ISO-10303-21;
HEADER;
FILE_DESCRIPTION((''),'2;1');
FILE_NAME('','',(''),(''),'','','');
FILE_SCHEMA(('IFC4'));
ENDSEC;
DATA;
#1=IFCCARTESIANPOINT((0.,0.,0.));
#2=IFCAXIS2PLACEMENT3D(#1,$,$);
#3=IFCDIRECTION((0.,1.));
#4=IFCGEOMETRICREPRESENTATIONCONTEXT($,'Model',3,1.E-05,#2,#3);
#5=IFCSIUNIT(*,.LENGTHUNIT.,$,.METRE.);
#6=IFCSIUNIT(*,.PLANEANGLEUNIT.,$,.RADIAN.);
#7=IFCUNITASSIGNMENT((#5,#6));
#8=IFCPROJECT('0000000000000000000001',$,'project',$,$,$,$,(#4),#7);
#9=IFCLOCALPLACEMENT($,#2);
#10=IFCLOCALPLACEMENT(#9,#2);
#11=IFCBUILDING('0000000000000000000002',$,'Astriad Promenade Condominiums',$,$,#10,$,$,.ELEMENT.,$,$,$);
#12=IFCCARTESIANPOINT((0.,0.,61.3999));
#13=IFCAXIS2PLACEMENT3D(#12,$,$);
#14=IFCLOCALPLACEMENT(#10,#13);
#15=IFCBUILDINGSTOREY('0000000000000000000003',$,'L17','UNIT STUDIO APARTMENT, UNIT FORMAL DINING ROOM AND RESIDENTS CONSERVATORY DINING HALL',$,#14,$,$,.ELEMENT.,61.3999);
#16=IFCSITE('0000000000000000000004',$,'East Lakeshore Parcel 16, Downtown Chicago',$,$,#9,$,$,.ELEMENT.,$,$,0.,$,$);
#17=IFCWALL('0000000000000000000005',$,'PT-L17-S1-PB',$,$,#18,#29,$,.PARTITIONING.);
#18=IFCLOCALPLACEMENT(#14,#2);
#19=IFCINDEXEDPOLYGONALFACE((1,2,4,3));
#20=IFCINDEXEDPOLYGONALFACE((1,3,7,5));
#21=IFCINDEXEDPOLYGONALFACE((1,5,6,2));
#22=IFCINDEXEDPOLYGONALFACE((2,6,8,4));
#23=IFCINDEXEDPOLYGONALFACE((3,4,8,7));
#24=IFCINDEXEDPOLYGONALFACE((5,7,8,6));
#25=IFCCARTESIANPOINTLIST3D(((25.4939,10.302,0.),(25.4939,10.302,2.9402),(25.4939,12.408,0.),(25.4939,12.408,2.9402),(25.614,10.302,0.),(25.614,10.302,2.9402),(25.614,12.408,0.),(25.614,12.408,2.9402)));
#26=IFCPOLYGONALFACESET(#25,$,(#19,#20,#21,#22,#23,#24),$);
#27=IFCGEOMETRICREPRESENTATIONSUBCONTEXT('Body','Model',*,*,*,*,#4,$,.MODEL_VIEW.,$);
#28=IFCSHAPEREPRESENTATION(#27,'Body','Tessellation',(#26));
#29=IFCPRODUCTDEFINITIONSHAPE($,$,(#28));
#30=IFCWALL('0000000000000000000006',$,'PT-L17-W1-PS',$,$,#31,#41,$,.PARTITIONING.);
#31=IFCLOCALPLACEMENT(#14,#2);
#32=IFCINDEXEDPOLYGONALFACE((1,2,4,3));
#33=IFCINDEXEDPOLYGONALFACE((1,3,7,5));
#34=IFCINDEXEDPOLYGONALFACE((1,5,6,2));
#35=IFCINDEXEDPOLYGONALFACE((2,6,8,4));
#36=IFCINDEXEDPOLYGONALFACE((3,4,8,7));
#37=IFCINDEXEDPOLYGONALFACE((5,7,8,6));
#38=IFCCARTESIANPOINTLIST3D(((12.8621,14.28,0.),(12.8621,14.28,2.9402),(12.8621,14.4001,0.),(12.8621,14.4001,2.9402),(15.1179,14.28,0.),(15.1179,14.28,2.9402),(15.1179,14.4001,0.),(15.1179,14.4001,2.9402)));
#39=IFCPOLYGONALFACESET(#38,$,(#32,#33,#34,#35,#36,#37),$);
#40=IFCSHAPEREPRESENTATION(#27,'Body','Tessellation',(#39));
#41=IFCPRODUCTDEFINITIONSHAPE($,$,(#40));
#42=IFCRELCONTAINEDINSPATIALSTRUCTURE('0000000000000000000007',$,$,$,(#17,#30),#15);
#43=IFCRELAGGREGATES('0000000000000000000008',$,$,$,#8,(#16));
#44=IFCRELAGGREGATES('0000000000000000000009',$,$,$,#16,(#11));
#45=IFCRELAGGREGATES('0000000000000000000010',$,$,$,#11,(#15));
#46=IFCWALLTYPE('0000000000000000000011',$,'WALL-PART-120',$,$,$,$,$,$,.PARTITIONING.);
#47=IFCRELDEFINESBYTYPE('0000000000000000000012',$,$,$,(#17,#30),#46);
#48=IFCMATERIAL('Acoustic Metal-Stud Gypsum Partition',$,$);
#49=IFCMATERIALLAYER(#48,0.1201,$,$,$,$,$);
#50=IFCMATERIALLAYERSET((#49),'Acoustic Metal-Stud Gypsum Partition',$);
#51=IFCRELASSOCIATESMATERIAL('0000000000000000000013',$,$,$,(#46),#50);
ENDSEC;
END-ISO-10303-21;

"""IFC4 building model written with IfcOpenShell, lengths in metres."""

from ifc_helpers import new_model, si_unit, direction, frame, frame_2d, origin, place, context, subcontext, project, spatial, rectangle, extrude, material, layer, layer_set, type_object, element, save


model = new_model("IFC4")

# Units and contexts
model_context = context("Model", 3, precision=1e-05, world=origin(), true_north=direction((0.0, 1.0)))
body_context = subcontext(model_context, "Body", "Model", "MODEL_VIEW")
ifc_project = project(units=[si_unit("LENGTHUNIT", "METRE"), si_unit("PLANEANGLEUNIT", "RADIAN")], contexts=[model_context])

# Site, building, storey
site_placement = place(None, origin())
site = spatial("IfcSite", under=ifc_project, at=site_placement, Name="East Lakeshore Parcel 16, Downtown Chicago", CompositionType="ELEMENT", RefElevation=0.0)
building_placement = place(site_placement, origin())
building = spatial("IfcBuilding", under=site, at=building_placement, Name="Astriad Promenade Condominiums", CompositionType="ELEMENT")
storey_placement = place(building_placement, frame((0.0, 0.0, 61.3999)))
storey = spatial("IfcBuildingStorey", under=building, at=storey_placement, Name="L17", Description="UNIT STUDIO APARTMENT, UNIT FORMAL DINING ROOM AND RESIDENTS CONSERVATORY DINING HALL", CompositionType="ELEMENT", Elevation=61.3999)

# Walls
ifc_material_1 = material(Name="Acoustic Metal-Stud Gypsum Partition")
ifc_layer_1 = layer(ifc_material_1, 0.1201)
ifc_layer_set_1 = layer_set([ifc_layer_1], Name="Acoustic Metal-Stud Gypsum Partition")
wall_type_1 = type_object("IfcWallType", Name="WALL-PART-120", PredefinedType="PARTITIONING", material=ifc_layer_set_1)
for number, where, z_axis, x_axis, name in (
    (1, (25.554, 10.302, 0.0), (0.0, 0.0, 1.0), (0.0, 1.0, 0.0), "PT-L17-S1-PB"),
):
    element("IfcWall", number, at=place(storey_placement, frame(where, z_axis=z_axis, x_axis=x_axis)), inside=storey, type_object=wall_type_1, Name=name, PredefinedType="PARTITIONING", context=body_context, shape_type="SweptSolid", body=[
        extrude(rectangle(XDim=2.106, YDim=0.1201, at=frame_2d((1.053, 0.0))), origin(), (0.0, 0.0, 1.0), 2.9402),
    ])
wall_1_placement = place(storey_placement, frame((12.8621, 14.3401, 0.0), z_axis=(0.0, 0.0, 1.0), x_axis=(1.0, 0.0, 0.0)))
element("IfcWall", 2, at=wall_1_placement, inside=storey, type_object=wall_type_1, Name="PT-L17-W1-PS", PredefinedType="PARTITIONING", context=body_context, shape_type="SweptSolid", body=[
    extrude(rectangle(XDim=2.2559, YDim=0.1201, at=frame_2d((1.1279, 0.0))), origin(), (0.0, 0.0, 1.0), 2.9402),
])

save(model, "model.ifc")
